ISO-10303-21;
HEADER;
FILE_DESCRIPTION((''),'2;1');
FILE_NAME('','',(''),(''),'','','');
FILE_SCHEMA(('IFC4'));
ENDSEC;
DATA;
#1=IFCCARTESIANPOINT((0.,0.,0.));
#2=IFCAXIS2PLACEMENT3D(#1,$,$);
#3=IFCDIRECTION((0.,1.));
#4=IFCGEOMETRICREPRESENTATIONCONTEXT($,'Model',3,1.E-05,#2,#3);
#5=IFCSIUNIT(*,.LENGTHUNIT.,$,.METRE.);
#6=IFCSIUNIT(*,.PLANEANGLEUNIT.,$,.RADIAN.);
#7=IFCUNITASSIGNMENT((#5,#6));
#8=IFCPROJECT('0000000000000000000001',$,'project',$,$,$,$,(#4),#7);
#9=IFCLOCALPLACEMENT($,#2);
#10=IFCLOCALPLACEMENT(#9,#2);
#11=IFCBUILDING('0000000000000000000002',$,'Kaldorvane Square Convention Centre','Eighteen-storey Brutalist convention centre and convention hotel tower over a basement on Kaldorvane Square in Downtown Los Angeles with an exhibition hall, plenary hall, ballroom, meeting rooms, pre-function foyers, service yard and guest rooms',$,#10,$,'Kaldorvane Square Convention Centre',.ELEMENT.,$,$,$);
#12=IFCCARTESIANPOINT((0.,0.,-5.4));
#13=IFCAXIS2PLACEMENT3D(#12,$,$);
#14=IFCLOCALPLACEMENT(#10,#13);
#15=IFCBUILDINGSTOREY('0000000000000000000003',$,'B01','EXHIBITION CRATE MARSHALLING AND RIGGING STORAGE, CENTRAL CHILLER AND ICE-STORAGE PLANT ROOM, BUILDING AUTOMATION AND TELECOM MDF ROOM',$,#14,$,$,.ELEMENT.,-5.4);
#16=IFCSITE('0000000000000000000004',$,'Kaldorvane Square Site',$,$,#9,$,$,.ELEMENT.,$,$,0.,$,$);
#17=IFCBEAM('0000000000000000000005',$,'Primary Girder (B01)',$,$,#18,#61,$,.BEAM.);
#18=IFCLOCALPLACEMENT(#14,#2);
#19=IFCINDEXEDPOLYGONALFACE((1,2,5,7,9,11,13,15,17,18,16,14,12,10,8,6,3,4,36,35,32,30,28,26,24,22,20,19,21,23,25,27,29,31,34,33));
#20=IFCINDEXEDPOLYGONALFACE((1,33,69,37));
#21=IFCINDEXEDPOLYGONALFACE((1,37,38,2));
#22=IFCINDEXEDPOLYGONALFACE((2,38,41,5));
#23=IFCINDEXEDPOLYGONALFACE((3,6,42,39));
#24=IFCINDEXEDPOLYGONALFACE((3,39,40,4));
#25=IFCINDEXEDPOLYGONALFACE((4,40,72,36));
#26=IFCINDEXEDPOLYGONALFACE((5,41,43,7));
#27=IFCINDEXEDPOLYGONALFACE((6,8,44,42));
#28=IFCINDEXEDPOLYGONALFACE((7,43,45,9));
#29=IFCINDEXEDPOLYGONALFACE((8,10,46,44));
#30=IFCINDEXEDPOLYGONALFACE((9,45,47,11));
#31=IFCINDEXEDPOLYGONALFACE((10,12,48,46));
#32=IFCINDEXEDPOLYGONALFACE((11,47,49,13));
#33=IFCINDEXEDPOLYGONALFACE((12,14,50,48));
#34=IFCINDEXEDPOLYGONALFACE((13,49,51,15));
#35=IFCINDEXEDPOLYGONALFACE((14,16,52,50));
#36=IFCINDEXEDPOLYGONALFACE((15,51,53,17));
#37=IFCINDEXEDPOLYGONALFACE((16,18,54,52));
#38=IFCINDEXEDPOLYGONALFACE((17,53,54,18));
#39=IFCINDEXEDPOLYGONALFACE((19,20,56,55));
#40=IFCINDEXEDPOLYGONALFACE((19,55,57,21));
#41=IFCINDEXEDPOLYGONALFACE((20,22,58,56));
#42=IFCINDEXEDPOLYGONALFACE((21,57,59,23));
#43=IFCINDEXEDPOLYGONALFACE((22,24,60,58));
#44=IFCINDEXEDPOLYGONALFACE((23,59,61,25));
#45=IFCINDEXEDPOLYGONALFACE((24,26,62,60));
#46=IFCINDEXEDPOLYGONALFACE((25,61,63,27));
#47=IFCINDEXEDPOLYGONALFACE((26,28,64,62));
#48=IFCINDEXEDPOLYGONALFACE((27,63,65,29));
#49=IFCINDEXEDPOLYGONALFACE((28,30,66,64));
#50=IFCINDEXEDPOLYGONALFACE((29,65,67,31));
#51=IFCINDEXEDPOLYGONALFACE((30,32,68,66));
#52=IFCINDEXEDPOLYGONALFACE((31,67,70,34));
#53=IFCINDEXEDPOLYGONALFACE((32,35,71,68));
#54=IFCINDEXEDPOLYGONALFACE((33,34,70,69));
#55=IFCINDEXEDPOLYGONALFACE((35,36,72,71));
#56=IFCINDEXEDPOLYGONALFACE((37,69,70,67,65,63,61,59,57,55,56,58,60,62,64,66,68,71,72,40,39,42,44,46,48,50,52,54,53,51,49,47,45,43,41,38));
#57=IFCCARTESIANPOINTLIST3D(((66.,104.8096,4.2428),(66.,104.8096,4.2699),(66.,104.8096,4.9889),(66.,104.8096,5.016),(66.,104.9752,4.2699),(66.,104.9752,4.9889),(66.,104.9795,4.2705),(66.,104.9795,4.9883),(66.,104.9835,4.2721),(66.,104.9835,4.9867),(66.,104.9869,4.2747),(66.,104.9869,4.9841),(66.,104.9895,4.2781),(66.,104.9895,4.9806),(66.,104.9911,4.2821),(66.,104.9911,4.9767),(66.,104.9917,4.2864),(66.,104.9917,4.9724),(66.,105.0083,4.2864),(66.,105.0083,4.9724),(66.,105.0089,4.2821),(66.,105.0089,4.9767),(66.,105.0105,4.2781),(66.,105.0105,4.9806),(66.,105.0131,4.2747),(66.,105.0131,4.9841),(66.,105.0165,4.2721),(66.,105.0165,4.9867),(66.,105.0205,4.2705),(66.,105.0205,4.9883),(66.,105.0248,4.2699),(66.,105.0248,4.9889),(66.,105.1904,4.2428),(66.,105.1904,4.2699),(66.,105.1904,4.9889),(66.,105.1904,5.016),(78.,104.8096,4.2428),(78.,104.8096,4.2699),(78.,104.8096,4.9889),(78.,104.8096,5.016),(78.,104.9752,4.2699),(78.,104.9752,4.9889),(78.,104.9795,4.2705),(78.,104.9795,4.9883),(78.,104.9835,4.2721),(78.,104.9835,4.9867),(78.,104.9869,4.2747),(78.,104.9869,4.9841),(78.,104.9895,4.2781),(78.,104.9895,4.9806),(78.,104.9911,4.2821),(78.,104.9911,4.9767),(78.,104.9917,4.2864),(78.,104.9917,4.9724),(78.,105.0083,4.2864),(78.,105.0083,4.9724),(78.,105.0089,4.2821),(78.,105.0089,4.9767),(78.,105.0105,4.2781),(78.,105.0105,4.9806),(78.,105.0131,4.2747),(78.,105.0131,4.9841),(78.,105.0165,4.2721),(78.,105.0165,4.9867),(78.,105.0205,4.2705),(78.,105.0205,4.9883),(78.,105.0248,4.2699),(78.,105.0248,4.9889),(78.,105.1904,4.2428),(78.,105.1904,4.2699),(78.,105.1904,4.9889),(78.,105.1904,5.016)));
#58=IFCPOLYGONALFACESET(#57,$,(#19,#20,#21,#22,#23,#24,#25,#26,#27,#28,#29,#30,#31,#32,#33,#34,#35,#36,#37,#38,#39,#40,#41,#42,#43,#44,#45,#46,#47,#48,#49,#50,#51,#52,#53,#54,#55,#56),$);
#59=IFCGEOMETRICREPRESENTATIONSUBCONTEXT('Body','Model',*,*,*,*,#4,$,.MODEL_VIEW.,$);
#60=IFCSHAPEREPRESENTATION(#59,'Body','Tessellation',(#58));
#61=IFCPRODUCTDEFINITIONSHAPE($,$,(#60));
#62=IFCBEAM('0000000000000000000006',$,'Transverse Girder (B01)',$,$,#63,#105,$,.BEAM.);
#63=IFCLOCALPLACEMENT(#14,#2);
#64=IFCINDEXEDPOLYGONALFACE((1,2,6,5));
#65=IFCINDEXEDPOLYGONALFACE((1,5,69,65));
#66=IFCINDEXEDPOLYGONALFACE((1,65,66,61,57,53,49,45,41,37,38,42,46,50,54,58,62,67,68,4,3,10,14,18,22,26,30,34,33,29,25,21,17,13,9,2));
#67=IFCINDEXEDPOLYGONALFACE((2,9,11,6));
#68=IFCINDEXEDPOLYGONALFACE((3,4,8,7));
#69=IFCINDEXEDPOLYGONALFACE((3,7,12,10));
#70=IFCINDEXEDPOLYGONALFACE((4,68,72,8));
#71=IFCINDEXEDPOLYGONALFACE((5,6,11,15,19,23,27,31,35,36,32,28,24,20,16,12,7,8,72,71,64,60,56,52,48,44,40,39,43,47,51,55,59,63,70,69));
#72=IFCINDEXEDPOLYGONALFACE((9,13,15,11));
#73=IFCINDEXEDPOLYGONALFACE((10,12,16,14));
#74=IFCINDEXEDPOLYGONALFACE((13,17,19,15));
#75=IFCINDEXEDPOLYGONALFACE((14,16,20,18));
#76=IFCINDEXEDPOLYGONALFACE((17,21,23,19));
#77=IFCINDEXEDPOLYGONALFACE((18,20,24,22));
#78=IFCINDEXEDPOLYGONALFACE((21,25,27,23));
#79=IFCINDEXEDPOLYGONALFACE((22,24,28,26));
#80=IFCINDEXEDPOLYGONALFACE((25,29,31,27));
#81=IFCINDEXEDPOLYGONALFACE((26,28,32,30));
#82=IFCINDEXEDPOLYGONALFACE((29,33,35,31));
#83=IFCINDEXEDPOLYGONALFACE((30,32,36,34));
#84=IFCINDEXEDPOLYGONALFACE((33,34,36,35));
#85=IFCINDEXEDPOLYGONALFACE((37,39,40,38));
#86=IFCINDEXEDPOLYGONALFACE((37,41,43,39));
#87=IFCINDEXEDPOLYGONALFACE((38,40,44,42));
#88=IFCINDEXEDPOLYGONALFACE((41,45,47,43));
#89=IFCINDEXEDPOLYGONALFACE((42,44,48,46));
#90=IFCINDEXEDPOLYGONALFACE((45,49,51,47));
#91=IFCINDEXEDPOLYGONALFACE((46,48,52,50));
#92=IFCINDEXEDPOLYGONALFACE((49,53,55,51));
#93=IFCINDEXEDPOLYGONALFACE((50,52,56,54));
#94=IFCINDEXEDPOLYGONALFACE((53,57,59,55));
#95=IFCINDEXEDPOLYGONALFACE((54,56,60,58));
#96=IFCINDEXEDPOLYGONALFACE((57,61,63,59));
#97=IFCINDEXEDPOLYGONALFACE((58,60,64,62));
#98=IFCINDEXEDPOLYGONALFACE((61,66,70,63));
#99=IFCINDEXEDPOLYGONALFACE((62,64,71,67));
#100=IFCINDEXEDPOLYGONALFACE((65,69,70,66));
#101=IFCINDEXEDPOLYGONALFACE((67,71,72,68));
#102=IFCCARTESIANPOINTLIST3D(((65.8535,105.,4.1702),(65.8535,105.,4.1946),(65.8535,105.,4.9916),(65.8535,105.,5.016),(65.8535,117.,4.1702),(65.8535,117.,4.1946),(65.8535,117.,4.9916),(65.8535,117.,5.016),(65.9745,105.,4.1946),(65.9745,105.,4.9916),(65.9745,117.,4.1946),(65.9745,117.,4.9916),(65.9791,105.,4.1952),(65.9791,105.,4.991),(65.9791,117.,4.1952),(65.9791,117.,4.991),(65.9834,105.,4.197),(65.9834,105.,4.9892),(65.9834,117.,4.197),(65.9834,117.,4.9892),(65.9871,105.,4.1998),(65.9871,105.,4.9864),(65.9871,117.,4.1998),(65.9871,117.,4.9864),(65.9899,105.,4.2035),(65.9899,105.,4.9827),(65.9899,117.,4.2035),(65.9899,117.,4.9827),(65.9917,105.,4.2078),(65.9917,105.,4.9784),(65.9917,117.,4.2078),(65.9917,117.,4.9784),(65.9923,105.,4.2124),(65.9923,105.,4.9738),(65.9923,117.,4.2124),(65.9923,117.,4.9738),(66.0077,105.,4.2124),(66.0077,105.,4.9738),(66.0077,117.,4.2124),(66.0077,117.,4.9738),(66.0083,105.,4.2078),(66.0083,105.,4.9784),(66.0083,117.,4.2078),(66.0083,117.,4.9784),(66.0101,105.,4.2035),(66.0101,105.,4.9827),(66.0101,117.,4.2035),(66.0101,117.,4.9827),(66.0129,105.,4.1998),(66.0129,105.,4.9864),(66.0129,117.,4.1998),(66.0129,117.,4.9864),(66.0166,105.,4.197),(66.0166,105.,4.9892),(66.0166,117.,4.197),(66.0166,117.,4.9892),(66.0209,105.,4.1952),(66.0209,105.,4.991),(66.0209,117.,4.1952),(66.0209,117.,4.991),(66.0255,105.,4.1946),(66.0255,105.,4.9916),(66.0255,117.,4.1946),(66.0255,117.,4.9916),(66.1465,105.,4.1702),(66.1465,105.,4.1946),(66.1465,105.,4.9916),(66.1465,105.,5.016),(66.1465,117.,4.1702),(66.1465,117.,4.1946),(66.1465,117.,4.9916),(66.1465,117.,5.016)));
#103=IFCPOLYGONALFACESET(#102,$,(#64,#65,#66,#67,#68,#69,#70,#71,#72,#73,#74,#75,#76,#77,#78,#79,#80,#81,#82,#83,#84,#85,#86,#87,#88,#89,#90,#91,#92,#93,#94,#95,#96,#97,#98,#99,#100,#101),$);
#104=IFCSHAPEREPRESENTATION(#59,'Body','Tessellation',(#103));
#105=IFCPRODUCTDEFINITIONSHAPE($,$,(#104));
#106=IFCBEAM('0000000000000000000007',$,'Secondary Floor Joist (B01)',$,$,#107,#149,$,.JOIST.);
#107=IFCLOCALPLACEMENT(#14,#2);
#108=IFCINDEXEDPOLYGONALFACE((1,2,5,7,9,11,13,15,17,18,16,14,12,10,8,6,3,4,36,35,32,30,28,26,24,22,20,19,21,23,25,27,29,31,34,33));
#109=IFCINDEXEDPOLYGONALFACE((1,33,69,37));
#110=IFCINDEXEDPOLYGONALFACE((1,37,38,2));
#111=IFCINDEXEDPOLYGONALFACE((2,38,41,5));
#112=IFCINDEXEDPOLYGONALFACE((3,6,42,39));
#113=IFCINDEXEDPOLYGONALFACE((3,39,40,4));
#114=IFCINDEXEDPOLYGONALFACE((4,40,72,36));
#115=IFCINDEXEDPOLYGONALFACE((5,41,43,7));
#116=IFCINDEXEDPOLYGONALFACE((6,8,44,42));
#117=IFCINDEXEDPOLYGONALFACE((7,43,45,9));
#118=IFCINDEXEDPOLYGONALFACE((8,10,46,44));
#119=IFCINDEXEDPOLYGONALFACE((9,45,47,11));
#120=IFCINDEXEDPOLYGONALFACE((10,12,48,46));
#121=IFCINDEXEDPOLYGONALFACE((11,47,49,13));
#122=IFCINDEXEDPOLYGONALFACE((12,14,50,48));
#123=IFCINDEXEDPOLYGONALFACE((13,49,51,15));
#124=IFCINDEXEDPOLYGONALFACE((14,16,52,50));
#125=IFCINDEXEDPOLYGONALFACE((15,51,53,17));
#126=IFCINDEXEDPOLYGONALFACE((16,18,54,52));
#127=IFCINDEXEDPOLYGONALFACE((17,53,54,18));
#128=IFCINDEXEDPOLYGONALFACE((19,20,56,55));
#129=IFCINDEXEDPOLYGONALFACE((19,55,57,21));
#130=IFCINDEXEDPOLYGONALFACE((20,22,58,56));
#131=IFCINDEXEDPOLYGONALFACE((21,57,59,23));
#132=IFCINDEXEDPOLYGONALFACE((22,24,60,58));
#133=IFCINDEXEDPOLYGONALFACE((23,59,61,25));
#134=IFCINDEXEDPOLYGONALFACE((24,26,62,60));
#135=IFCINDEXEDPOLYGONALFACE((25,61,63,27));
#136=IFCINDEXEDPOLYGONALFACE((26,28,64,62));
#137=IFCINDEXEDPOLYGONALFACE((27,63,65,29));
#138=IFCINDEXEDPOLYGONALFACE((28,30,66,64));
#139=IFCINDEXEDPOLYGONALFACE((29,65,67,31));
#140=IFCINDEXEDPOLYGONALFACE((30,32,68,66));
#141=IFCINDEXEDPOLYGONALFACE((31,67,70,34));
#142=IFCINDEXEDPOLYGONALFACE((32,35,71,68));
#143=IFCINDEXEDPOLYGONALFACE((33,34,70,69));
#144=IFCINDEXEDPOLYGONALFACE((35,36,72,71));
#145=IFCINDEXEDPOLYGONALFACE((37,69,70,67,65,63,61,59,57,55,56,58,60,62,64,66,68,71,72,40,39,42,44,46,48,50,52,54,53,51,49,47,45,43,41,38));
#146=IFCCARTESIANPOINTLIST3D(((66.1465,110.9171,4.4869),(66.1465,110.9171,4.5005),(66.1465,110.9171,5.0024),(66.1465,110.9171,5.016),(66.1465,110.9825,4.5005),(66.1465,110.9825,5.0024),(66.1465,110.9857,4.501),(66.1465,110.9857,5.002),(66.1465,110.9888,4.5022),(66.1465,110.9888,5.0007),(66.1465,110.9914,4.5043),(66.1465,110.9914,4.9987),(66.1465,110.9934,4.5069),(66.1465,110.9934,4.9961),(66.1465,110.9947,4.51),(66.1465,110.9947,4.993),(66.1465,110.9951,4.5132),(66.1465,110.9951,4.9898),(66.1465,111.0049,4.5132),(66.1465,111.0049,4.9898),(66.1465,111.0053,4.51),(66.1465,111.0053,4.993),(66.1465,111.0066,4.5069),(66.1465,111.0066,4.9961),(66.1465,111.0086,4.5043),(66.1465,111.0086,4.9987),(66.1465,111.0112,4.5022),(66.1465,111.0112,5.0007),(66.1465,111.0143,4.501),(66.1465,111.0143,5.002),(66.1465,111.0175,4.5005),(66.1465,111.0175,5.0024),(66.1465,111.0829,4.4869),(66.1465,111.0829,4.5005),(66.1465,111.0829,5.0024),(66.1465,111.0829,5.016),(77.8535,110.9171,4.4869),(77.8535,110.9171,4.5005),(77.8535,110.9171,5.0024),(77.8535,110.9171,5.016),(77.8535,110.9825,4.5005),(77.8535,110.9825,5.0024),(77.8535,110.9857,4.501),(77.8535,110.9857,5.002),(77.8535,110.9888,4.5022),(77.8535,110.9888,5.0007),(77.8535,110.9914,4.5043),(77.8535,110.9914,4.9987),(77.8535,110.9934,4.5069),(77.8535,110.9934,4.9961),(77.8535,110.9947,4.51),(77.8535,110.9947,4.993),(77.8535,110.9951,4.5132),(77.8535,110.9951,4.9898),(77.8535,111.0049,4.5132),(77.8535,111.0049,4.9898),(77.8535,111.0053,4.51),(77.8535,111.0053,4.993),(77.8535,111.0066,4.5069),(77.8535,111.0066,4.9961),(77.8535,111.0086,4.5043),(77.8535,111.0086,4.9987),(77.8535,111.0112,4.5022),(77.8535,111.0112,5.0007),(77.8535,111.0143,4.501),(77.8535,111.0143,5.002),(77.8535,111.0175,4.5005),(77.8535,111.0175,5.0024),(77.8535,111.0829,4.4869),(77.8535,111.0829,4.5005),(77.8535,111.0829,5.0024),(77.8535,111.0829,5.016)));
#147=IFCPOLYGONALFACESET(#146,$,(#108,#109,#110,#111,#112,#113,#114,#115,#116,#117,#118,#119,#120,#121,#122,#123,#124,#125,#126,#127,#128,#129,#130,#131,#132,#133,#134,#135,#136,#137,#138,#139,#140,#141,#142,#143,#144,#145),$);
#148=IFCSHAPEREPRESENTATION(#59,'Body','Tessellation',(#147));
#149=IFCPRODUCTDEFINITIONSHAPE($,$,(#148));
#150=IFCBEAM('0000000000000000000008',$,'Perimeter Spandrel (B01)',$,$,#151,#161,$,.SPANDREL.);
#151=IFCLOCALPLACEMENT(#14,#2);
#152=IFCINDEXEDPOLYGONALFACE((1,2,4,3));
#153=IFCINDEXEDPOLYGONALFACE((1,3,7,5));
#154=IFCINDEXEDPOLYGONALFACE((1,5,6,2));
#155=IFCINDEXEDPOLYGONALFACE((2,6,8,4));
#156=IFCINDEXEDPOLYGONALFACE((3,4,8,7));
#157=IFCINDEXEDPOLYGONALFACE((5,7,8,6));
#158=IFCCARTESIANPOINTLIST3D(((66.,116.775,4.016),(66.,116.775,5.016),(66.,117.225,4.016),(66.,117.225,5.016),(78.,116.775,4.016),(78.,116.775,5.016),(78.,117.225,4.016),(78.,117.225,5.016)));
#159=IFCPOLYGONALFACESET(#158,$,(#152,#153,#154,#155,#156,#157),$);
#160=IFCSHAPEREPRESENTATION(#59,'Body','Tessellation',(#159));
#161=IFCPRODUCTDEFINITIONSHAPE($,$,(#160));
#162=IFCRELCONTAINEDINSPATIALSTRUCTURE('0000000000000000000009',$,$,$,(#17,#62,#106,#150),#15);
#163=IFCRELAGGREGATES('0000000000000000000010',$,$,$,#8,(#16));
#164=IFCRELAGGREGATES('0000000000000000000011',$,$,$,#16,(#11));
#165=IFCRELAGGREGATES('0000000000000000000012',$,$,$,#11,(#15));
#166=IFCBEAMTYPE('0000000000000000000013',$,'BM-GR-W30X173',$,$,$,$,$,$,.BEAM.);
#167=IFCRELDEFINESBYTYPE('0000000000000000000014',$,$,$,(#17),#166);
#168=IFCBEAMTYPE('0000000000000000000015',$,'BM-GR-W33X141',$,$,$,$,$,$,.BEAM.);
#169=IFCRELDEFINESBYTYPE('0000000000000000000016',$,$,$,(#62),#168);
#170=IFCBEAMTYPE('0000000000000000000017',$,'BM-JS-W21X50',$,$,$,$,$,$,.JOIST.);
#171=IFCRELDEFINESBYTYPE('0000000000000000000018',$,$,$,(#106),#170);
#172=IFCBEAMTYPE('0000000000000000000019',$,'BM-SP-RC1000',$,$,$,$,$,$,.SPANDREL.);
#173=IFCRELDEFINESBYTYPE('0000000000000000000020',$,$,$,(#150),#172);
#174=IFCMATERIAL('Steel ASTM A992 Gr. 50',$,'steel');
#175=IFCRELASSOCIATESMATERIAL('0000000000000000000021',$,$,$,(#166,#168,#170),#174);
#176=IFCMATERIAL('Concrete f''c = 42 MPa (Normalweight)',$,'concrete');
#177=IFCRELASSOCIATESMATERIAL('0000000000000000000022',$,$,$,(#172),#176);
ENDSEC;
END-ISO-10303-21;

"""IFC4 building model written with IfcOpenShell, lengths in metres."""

from ifc_helpers import new_model, si_unit, direction, frame, origin, origin_2d, place, context, subcontext, project, spatial, rectangle, i_section, extrude, material, material_profile, profile_set, type_object, element, save


model = new_model("IFC4")

# Units and contexts
model_context = context("Model", 3, precision=1e-05, world=origin(), true_north=direction((0.0, 1.0)))
body_context = subcontext(model_context, "Body", "Model", "MODEL_VIEW")
ifc_project = project(units=[si_unit("LENGTHUNIT", "METRE"), si_unit("PLANEANGLEUNIT", "RADIAN")], contexts=[model_context])

# Site, building, storey
site_placement = place(None, origin())
site = spatial("IfcSite", under=ifc_project, at=site_placement, Name="Kaldorvane Square Site", CompositionType="ELEMENT", RefElevation=0.0)
building_placement = place(site_placement, origin())
building = spatial("IfcBuilding", under=site, at=building_placement, Name="Kaldorvane Square Convention Centre", Description="Eighteen-storey Brutalist convention centre and convention hotel tower over a basement on Kaldorvane Square in Downtown Los Angeles with an exhibition hall, plenary hall, ballroom, meeting rooms, pre-function foyers, service yard and guest rooms", LongName="Kaldorvane Square Convention Centre", CompositionType="ELEMENT")
storey_placement = place(building_placement, frame((0.0, 0.0, -5.4)))
storey = spatial("IfcBuildingStorey", under=building, at=storey_placement, Name="B01", Description="EXHIBITION CRATE MARSHALLING AND RIGGING STORAGE, CENTRAL CHILLER AND ICE-STORAGE PLANT ROOM, BUILDING AUTOMATION AND TELECOM MDF ROOM", CompositionType="ELEMENT", Elevation=-5.4)

# Shared definitions
ifc_material_1 = material(Name="Concrete f'c = 42 MPa (Normalweight)", Category="concrete")

# Shared definitions
ifc_material_2 = material(Name="Steel ASTM A992 Gr. 50", Category="steel")

# Beams
ifc_material_profile_1 = material_profile(ifc_material_2, i_section(OverallWidth=0.3807, OverallDepth=0.7732, WebThickness=0.0166, FlangeThickness=0.0271, FilletRadius=0.0165, at=origin_2d()), Name="W30X173")
ifc_profile_set_1 = profile_set([ifc_material_profile_1], Name="Steel ASTM A992 Gr. 50")
beam_type_1 = type_object("IfcBeamType", Name="BM-GR-W30X173", PredefinedType="BEAM", material=ifc_profile_set_1)
beam_1_placement = place(storey_placement, frame((66.0, 105.0, 4.6294), z_axis=(1.0, 0.0, 0.0), x_axis=(0.0, 1.0, 0.0)))
element("IfcBeam", 1, at=beam_1_placement, inside=storey, type_object=beam_type_1, Name="Primary Girder (B01)", PredefinedType="BEAM", context=body_context, shape_type="SweptSolid", body=[
    extrude(i_section(OverallWidth=0.3807, OverallDepth=0.7732, WebThickness=0.0166, FlangeThickness=0.0271, FilletRadius=0.0165, at=origin_2d()), origin(), (0.0, 0.0, 1.0), 12.0),
])
ifc_material_profile_2 = material_profile(ifc_material_2, i_section(OverallWidth=0.293, OverallDepth=0.8458, WebThickness=0.0154, FlangeThickness=0.0244, FilletRadius=0.0178, at=origin_2d()), Name="W33X141")
ifc_profile_set_2 = profile_set([ifc_material_profile_2], Name="Steel ASTM A992 Gr. 50")
beam_type_2 = type_object("IfcBeamType", Name="BM-GR-W33X141", PredefinedType="BEAM", material=ifc_profile_set_2)
beam_2_placement = place(storey_placement, frame((66.0, 105.0, 4.5931), z_axis=(0.0, 1.0, 0.0), x_axis=(-1.0, 0.0, 0.0)))
element("IfcBeam", 2, at=beam_2_placement, inside=storey, type_object=beam_type_2, Name="Transverse Girder (B01)", PredefinedType="BEAM", context=body_context, shape_type="SweptSolid", body=[
    extrude(i_section(OverallWidth=0.293, OverallDepth=0.8458, WebThickness=0.0154, FlangeThickness=0.0244, FilletRadius=0.0178, at=origin_2d()), origin(), (0.0, 0.0, 1.0), 12.0),
])
ifc_material_profile_3 = material_profile(ifc_material_2, i_section(OverallWidth=0.1659, OverallDepth=0.5291, WebThickness=0.0097, FlangeThickness=0.0136, FilletRadius=0.0127, at=origin_2d()), Name="W21X50")
ifc_profile_set_3 = profile_set([ifc_material_profile_3], Name="Steel ASTM A992 Gr. 50")
beam_type_3 = type_object("IfcBeamType", Name="BM-JS-W21X50", PredefinedType="JOIST", material=ifc_profile_set_3)
beam_3_placement = place(storey_placement, frame((66.1465, 111.0, 4.7515), z_axis=(1.0, 0.0, 0.0), x_axis=(0.0, 1.0, 0.0)))
element("IfcBeam", 3, at=beam_3_placement, inside=storey, type_object=beam_type_3, Name="Secondary Floor Joist (B01)", PredefinedType="JOIST", context=body_context, shape_type="SweptSolid", body=[
    extrude(i_section(OverallWidth=0.1659, OverallDepth=0.5291, WebThickness=0.0097, FlangeThickness=0.0136, FilletRadius=0.0127, at=origin_2d()), origin(), (0.0, 0.0, 1.0), 11.707),
])
ifc_material_profile_4 = material_profile(ifc_material_1, rectangle(XDim=0.45, YDim=1.0, at=origin_2d()), Name="RCSP1000X450")
ifc_profile_set_4 = profile_set([ifc_material_profile_4], Name="Concrete f'c = 42 MPa (Normalweight)")
beam_type_4 = type_object("IfcBeamType", Name="BM-SP-RC1000", PredefinedType="SPANDREL", material=ifc_profile_set_4)
beam_4_placement = place(storey_placement, frame((66.0, 117.0, 4.516), z_axis=(1.0, 0.0, 0.0), x_axis=(0.0, 1.0, 0.0)))
element("IfcBeam", 4, at=beam_4_placement, inside=storey, type_object=beam_type_4, Name="Perimeter Spandrel (B01)", PredefinedType="SPANDREL", context=body_context, shape_type="SweptSolid", body=[
    extrude(rectangle(XDim=0.45, YDim=1.0, at=origin_2d()), origin(), (0.0, 0.0, 1.0), 12.0),
])

save(model, "model.ifc")
